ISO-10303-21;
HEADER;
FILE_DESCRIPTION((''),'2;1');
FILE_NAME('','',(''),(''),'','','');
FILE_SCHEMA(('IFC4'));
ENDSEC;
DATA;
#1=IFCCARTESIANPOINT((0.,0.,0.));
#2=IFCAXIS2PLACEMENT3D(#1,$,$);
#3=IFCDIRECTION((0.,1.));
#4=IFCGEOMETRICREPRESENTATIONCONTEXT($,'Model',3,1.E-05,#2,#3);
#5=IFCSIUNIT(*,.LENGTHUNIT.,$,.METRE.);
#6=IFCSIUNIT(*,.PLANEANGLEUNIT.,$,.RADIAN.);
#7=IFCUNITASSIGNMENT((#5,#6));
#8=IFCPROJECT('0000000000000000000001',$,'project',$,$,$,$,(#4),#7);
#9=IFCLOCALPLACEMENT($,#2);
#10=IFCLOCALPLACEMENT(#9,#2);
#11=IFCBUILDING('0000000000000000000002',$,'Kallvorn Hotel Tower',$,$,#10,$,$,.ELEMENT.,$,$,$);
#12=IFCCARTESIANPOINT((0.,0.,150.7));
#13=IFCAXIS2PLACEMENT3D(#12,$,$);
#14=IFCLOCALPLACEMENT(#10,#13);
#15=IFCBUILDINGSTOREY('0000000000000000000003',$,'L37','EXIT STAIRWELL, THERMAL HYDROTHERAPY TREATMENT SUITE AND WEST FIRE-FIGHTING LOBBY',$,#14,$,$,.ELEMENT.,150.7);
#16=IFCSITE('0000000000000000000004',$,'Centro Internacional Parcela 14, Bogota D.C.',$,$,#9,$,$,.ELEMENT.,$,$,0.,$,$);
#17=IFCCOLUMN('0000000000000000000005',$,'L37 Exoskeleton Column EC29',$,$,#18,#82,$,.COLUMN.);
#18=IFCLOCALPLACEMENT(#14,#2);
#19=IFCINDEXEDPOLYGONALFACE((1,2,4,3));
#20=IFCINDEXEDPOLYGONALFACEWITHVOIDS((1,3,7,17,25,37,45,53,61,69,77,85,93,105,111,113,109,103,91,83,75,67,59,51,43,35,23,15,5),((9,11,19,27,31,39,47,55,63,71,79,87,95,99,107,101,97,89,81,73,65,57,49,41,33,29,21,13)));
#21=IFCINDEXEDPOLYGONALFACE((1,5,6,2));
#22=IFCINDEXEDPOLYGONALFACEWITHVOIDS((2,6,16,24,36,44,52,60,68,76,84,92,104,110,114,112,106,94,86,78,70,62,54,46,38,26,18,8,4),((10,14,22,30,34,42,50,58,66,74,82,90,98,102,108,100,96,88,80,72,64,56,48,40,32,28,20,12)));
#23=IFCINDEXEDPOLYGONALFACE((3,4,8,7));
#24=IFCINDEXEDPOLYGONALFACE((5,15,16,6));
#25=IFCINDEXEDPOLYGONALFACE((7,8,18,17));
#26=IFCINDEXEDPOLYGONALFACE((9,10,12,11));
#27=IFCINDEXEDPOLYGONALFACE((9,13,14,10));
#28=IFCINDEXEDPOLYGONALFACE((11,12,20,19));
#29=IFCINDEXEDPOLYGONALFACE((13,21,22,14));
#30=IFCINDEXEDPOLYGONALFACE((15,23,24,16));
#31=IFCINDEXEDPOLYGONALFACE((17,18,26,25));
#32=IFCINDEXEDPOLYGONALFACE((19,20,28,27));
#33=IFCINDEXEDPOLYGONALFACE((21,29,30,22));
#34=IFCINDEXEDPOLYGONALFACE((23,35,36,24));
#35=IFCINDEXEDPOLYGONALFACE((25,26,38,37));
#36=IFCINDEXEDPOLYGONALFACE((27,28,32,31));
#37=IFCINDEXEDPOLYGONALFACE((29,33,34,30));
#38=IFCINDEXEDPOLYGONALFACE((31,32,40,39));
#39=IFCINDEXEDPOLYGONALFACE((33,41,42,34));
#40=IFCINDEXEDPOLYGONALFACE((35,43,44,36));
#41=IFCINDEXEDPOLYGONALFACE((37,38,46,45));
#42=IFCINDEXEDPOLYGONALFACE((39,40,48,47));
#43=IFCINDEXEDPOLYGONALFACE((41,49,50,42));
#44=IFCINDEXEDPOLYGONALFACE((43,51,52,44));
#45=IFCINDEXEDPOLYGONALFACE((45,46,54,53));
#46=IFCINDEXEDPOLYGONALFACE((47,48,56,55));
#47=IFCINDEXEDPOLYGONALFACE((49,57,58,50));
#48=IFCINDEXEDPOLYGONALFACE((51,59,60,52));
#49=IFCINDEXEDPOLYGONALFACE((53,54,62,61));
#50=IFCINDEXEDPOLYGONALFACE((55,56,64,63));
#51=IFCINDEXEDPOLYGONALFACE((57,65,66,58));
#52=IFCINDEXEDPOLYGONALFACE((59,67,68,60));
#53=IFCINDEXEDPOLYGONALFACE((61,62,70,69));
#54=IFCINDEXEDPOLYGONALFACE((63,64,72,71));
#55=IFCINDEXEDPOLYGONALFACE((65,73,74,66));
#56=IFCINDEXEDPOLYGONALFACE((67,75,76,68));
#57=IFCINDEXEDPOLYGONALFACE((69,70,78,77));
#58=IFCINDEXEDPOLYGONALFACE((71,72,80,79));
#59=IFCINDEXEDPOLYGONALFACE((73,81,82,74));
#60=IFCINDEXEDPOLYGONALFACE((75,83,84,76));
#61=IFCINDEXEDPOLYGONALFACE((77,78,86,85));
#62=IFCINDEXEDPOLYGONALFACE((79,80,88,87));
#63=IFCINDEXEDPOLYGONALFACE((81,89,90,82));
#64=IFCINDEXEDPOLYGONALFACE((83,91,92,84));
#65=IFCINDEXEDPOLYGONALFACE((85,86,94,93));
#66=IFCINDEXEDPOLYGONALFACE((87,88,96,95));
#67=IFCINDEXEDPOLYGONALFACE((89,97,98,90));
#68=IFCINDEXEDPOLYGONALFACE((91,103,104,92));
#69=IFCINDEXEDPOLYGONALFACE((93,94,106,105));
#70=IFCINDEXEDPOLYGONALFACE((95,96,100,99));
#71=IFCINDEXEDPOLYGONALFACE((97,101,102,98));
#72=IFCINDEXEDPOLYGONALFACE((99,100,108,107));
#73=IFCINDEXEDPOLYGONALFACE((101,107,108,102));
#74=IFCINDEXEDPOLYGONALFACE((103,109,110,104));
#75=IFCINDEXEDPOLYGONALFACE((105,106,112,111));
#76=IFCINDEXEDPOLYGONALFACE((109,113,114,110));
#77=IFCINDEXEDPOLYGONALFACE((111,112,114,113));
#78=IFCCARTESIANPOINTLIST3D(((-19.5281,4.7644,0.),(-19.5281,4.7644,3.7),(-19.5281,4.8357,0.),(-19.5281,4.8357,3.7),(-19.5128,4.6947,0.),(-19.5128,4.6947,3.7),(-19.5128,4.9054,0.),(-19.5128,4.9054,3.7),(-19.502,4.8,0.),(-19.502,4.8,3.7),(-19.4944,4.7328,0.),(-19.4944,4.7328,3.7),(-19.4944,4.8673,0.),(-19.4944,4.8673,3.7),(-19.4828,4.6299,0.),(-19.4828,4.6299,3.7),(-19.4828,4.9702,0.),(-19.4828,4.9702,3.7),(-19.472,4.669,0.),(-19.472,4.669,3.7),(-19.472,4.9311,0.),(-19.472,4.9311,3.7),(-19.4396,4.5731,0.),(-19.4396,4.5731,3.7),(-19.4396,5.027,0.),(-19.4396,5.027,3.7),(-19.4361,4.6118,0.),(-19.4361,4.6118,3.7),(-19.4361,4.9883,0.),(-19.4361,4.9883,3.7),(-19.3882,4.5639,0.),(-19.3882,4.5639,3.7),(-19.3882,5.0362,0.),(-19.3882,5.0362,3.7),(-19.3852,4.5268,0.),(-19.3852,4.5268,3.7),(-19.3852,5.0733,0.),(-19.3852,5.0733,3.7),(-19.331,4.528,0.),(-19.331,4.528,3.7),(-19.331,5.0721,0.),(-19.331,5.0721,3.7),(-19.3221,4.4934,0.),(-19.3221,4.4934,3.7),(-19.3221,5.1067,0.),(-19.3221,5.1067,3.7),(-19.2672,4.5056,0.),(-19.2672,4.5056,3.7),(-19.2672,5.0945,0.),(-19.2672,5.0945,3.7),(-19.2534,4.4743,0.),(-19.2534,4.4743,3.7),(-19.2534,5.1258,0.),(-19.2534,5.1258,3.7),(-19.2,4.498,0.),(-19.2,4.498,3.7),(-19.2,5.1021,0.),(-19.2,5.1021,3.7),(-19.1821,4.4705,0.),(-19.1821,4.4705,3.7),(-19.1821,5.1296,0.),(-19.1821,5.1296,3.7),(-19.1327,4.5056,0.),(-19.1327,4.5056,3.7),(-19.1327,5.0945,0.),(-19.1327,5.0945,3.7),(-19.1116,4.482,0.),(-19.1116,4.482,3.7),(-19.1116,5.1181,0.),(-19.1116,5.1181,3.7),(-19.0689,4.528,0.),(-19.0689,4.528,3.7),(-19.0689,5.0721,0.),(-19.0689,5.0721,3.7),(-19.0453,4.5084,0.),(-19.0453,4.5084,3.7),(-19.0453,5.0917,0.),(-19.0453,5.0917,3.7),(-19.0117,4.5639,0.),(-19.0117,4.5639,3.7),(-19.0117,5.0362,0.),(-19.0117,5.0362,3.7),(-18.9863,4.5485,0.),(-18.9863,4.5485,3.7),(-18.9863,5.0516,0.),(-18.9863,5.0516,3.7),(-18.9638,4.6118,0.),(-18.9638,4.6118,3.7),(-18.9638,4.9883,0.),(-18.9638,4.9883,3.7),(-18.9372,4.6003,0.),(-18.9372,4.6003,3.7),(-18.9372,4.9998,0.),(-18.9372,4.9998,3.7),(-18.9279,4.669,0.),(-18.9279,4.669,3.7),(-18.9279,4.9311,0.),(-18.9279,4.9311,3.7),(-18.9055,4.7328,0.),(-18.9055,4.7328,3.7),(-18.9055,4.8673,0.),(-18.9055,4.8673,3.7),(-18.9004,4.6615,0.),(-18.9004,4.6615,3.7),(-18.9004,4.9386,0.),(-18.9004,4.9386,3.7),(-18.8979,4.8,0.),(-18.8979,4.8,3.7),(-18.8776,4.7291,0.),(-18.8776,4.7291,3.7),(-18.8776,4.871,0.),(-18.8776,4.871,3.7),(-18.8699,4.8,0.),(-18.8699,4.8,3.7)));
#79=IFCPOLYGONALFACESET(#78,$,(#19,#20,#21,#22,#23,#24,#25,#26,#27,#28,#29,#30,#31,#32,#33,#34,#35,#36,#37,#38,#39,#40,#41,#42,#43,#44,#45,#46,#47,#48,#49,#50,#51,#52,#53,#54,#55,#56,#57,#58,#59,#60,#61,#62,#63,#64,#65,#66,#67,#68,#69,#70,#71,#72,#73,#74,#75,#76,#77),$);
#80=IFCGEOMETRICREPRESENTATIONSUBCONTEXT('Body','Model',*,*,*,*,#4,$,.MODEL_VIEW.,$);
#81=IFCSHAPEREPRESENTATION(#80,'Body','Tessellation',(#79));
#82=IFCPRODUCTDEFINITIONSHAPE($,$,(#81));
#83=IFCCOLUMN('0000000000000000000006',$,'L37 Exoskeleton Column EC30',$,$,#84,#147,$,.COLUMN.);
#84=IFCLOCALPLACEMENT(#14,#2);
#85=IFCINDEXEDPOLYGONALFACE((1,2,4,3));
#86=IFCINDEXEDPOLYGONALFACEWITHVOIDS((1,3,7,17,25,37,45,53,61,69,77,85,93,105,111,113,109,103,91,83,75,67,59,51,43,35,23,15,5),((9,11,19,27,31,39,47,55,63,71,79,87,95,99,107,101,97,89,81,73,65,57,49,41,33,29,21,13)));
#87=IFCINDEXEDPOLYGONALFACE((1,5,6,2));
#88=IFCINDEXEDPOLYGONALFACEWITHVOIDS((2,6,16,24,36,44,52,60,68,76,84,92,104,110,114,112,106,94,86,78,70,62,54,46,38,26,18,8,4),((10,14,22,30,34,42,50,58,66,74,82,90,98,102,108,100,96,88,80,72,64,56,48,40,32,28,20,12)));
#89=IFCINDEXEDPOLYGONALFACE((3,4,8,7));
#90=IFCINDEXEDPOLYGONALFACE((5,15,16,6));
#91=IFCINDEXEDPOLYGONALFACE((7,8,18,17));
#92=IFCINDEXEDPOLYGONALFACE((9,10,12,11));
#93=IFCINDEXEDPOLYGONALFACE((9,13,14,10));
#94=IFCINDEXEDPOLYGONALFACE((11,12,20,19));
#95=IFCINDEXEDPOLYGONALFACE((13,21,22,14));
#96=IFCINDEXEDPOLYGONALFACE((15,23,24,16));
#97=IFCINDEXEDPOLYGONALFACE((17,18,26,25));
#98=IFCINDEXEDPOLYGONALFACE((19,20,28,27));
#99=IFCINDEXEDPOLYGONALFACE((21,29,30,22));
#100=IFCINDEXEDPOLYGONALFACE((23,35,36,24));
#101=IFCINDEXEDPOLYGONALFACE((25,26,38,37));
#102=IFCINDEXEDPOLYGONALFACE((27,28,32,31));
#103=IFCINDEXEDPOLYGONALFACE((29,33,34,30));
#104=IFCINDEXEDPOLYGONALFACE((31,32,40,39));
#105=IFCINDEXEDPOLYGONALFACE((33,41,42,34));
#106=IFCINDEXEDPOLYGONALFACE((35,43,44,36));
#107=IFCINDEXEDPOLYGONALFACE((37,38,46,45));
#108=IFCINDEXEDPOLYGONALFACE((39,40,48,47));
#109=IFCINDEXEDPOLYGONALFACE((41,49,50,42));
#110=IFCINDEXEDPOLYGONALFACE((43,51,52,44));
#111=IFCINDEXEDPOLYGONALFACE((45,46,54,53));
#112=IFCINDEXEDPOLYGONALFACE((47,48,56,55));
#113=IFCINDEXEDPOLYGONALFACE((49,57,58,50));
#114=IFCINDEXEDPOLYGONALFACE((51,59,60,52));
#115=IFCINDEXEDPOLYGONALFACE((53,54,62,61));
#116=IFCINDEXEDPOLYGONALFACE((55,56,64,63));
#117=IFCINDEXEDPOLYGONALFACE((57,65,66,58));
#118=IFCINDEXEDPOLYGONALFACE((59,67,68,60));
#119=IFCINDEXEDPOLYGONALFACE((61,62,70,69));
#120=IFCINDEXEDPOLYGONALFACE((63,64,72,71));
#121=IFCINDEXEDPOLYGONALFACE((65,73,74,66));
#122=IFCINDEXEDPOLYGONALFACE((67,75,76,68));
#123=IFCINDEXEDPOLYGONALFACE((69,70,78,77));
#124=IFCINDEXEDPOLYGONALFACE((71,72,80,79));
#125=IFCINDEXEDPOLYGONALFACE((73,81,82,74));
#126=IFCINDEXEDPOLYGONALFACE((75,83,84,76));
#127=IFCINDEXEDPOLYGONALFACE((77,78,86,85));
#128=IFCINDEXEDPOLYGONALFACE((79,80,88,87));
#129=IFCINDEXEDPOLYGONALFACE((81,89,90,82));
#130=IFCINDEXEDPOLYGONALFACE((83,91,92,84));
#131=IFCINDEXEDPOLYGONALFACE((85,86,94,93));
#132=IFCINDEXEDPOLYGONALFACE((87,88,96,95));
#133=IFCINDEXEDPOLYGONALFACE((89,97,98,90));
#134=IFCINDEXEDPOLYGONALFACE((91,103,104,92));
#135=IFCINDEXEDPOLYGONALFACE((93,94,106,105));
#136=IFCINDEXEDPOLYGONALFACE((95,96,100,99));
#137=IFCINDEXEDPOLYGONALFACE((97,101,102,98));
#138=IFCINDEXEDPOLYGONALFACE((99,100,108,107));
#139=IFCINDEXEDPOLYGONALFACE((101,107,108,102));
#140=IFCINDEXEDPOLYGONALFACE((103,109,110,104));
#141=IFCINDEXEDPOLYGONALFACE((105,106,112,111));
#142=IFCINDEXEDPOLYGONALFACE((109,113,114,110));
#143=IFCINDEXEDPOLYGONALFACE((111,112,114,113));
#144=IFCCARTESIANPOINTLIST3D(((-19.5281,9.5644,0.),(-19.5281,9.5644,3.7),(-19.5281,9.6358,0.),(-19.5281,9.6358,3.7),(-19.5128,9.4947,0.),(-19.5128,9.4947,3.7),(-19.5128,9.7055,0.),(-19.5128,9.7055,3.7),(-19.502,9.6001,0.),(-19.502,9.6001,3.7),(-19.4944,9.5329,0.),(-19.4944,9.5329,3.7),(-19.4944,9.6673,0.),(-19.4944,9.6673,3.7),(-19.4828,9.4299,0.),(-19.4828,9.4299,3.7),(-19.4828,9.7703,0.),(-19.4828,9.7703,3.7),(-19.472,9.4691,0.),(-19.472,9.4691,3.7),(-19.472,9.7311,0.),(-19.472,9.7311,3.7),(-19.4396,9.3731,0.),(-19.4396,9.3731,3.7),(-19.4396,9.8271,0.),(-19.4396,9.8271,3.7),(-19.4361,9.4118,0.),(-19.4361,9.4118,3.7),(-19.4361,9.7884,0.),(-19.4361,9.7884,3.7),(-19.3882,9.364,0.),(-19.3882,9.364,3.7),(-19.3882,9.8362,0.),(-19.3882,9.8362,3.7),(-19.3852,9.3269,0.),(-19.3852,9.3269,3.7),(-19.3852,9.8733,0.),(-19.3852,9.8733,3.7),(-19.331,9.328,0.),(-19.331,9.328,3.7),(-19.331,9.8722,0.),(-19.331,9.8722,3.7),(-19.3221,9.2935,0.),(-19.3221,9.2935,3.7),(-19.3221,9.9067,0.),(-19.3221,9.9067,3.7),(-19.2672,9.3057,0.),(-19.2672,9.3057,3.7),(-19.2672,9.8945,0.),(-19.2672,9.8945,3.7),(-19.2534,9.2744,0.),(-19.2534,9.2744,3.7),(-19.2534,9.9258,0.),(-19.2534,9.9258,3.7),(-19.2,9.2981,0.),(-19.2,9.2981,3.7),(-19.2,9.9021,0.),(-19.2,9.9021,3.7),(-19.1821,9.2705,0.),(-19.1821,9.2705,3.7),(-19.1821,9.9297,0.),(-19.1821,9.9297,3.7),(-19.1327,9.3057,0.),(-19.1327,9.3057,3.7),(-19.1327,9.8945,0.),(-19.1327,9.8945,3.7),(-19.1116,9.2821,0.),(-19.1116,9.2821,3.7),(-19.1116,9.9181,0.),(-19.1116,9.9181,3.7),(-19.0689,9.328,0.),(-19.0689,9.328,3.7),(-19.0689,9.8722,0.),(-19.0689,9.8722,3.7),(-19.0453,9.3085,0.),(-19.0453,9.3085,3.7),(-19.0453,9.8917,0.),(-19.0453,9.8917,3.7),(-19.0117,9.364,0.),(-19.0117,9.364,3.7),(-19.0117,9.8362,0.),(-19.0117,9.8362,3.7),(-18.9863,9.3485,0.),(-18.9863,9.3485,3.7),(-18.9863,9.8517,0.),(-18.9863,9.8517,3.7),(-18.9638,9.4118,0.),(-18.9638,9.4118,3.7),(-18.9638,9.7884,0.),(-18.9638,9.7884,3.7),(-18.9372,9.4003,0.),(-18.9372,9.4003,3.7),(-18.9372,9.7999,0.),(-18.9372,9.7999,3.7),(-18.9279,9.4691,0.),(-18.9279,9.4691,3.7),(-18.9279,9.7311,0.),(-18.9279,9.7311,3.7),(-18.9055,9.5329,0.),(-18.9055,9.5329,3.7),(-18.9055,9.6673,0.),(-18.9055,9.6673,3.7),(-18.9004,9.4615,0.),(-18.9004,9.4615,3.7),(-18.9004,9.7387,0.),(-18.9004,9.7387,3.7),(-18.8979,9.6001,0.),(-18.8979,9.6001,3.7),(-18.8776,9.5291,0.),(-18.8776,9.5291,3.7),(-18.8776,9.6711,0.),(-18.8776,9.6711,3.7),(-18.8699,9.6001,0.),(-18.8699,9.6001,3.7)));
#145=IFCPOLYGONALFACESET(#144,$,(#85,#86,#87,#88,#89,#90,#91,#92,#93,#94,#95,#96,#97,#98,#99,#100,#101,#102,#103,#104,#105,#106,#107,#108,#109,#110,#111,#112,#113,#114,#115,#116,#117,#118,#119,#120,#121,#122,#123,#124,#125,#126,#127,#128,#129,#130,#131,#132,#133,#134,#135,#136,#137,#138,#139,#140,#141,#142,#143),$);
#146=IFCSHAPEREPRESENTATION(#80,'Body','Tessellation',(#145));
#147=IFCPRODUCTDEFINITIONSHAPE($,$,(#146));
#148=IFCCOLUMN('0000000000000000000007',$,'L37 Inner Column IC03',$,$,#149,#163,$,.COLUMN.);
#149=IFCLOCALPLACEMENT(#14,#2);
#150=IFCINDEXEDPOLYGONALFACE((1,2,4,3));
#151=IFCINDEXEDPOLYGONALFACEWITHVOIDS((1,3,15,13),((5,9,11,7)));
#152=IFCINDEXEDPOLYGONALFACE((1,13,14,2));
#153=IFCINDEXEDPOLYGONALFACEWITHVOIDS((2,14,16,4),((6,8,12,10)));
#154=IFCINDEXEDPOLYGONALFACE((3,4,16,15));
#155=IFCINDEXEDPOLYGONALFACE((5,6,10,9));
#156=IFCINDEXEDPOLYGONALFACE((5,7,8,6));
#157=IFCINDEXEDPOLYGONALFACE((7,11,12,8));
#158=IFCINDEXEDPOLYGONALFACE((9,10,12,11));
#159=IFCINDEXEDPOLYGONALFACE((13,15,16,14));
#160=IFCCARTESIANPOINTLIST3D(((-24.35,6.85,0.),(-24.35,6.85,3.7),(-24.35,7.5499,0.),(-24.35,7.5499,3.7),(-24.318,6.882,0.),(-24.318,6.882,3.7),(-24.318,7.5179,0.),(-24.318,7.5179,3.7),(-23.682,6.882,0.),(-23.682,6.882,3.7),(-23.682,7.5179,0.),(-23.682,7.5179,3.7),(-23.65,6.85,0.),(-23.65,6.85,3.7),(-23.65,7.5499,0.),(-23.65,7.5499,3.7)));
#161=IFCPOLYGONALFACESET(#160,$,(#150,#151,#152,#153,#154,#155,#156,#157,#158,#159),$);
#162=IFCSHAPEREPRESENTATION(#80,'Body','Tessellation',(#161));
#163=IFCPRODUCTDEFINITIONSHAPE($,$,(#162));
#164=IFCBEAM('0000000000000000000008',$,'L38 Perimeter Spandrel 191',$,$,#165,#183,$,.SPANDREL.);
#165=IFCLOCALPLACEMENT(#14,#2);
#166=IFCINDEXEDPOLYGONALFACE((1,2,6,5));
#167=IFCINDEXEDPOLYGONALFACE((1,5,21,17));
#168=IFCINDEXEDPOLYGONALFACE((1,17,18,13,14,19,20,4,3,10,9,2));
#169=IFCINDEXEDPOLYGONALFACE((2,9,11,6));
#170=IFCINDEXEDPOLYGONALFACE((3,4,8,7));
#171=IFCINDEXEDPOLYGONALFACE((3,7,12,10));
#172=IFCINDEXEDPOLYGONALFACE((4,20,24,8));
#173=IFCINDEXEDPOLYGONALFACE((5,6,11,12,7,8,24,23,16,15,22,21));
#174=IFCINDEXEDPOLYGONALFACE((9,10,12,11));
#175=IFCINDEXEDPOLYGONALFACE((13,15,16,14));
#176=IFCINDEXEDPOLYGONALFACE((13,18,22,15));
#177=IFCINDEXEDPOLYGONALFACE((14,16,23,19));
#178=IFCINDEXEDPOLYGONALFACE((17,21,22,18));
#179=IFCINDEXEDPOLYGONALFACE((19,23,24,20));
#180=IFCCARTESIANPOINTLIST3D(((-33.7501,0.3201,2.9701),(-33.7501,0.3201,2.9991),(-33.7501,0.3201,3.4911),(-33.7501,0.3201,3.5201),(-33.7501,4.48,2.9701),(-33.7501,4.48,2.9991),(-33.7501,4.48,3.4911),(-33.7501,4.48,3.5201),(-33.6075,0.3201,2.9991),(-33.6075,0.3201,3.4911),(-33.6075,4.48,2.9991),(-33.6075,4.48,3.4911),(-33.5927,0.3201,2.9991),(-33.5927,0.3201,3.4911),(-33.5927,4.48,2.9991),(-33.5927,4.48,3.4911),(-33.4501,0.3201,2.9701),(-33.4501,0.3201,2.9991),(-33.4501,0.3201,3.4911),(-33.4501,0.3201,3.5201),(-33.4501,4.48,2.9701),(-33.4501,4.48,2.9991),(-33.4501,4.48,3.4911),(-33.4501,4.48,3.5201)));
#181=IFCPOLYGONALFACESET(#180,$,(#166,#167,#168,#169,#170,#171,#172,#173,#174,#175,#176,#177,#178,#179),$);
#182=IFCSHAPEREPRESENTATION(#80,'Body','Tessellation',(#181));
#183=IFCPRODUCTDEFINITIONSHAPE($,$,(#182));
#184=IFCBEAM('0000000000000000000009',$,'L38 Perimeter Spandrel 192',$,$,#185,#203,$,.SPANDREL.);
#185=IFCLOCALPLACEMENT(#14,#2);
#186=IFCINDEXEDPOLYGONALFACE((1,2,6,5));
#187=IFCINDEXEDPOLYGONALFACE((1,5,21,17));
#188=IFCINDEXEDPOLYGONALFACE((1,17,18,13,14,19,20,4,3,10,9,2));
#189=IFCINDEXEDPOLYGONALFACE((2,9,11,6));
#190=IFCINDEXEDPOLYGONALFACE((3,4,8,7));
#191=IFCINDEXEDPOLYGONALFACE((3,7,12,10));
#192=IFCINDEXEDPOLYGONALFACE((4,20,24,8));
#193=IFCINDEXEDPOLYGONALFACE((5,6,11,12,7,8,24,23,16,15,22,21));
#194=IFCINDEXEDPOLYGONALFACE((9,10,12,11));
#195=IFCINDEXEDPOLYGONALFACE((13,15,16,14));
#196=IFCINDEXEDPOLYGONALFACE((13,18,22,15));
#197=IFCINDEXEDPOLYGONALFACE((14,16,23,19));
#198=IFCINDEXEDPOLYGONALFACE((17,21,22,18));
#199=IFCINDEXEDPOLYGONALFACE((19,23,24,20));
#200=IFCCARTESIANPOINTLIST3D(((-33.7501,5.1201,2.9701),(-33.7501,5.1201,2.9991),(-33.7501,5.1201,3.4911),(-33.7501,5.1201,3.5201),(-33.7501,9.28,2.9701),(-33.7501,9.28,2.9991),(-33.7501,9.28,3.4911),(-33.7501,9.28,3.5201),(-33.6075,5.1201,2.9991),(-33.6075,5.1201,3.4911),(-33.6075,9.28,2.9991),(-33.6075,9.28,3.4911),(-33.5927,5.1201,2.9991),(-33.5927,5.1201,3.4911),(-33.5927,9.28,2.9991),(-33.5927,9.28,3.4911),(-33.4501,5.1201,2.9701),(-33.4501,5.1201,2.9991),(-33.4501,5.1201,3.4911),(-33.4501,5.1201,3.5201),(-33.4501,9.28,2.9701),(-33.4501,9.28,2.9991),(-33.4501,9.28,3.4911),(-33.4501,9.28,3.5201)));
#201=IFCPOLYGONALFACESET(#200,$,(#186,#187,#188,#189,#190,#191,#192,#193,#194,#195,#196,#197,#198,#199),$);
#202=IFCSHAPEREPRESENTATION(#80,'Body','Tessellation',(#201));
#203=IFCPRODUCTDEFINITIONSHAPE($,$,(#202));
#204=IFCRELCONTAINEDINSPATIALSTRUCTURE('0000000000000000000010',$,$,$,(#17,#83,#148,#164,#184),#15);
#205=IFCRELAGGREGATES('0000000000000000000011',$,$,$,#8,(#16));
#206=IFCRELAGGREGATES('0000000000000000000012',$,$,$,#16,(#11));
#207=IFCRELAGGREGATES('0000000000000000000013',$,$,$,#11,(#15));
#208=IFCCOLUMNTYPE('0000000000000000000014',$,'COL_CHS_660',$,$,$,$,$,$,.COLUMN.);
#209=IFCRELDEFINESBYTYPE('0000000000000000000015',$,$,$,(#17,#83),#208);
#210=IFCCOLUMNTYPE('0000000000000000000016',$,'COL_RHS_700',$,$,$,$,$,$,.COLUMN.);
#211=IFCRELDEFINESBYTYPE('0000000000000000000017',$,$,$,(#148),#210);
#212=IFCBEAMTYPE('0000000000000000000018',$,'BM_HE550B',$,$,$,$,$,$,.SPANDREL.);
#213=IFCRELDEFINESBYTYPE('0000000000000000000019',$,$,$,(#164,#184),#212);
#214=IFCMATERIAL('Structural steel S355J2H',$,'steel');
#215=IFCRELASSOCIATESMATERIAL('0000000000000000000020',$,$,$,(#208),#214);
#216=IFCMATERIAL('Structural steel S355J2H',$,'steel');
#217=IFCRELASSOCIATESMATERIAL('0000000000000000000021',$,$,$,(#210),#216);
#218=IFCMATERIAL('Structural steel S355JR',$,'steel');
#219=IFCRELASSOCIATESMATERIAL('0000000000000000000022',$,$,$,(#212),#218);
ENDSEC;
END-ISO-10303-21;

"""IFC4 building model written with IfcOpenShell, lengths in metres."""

from ifc_helpers import new_model, si_unit, direction, frame, origin, origin_2d, place, context, subcontext, project, spatial, hollow_rectangle, hollow_circle, i_section, extrude, material, material_profile, profile_set, type_object, element, save


model = new_model("IFC4")

# Units and contexts
model_context = context("Model", 3, precision=1e-05, world=origin(), true_north=direction((0.0, 1.0)))
body_context = subcontext(model_context, "Body", "Model", "MODEL_VIEW")
ifc_project = project(units=[si_unit("LENGTHUNIT", "METRE"), si_unit("PLANEANGLEUNIT", "RADIAN")], contexts=[model_context])

# Site, building, storey
site_placement = place(None, origin())
site = spatial("IfcSite", under=ifc_project, at=site_placement, Name="Centro Internacional Parcela 14, Bogota D.C.", CompositionType="ELEMENT", RefElevation=0.0)
building_placement = place(site_placement, origin())
building = spatial("IfcBuilding", under=site, at=building_placement, Name="Kallvorn Hotel Tower", CompositionType="ELEMENT")
storey_placement = place(building_placement, frame((0.0, 0.0, 150.7)))
storey = spatial("IfcBuildingStorey", under=building, at=storey_placement, Name="L37", Description="EXIT STAIRWELL, THERMAL HYDROTHERAPY TREATMENT SUITE AND WEST FIRE-FIGHTING LOBBY", CompositionType="ELEMENT", Elevation=150.7)

# Columns
ifc_material_1 = material(Name="Structural steel S355J2H", Category="steel")
ifc_material_profile_1 = material_profile(ifc_material_1, hollow_circle(Radius=0.3301, WallThickness=0.0281, at=origin_2d()), Name="CHS 660x28")
ifc_profile_set_1 = profile_set([ifc_material_profile_1], Name="Structural steel S355J2H")
column_type_1 = type_object("IfcColumnType", Name="COL_CHS_660", PredefinedType="COLUMN", material=ifc_profile_set_1)
for number, where, z_axis, x_axis, name in (
    (1, (-19.2, 4.8, 0.0), (0.0, 0.0, 1.0), (1.0, 0.0, 0.0), "L37 Exoskeleton Column EC29"),
    (2, (-19.2, 9.6001, 0.0), (0.0, 0.0, 1.0), (1.0, 0.0, 0.0), "L37 Exoskeleton Column EC30"),
):
    element("IfcColumn", number, at=place(storey_placement, frame(where, z_axis=z_axis, x_axis=x_axis)), inside=storey, type_object=column_type_1, Name=name, PredefinedType="COLUMN", context=body_context, shape_type="SweptSolid", body=[
        extrude(hollow_circle(Radius=0.3301, WallThickness=0.0281, at=origin_2d()), origin(), (0.0, 0.0, 1.0), 3.7),
    ])
ifc_material_2 = material(Name="Structural steel S355J2H", Category="steel")
ifc_material_profile_2 = material_profile(ifc_material_2, hollow_rectangle(XDim=0.7, YDim=0.7, WallThickness=0.032, at=origin_2d()), Name="RHS 700x700x32")
ifc_profile_set_2 = profile_set([ifc_material_profile_2], Name="Structural steel S355J2H")
column_type_2 = type_object("IfcColumnType", Name="COL_RHS_700", PredefinedType="COLUMN", material=ifc_profile_set_2)
column_placement = place(storey_placement, frame((-24.0, 7.2, 0.0), z_axis=(0.0, 0.0, 1.0), x_axis=(1.0, 0.0, 0.0)))
element("IfcColumn", 3, at=column_placement, inside=storey, type_object=column_type_2, Name="L37 Inner Column IC03", PredefinedType="COLUMN", context=body_context, shape_type="SweptSolid", body=[
    extrude(hollow_rectangle(XDim=0.7, YDim=0.7, WallThickness=0.032, at=origin_2d()), origin(), (0.0, 0.0, 1.0), 3.7),
])

# Beams
ifc_material_3 = material(Name="Structural steel S355JR", Category="steel")
ifc_material_profile_3 = material_profile(ifc_material_3, i_section(OverallWidth=0.3, OverallDepth=0.55, WebThickness=0.0149, FlangeThickness=0.0291, at=origin_2d()), Name="HE 550 B")
ifc_profile_set_3 = profile_set([ifc_material_profile_3], Name="Structural steel S355JR")
beam_type_1 = type_object("IfcBeamType", Name="BM_HE550B", PredefinedType="SPANDREL", material=ifc_profile_set_3)
for number, where, z_axis, x_axis, name in (
    (4, (-33.6001, 0.3201, 3.2451), (0.0, 1.0, 0.0), (-1.0, 0.0, 0.0), "L38 Perimeter Spandrel 191"),
    (5, (-33.6001, 5.1201, 3.2451), (0.0, 1.0, 0.0), (-1.0, 0.0, 0.0), "L38 Perimeter Spandrel 192"),
):
    element("IfcBeam", number, at=place(storey_placement, frame(where, z_axis=z_axis, x_axis=x_axis)), inside=storey, type_object=beam_type_1, Name=name, PredefinedType="SPANDREL", context=body_context, shape_type="SweptSolid", body=[
        extrude(i_section(OverallWidth=0.3, OverallDepth=0.55, WebThickness=0.0149, FlangeThickness=0.0291, at=origin_2d()), origin(), (0.0, 0.0, 1.0), 4.1599),
    ])

save(model, "model.ifc")
